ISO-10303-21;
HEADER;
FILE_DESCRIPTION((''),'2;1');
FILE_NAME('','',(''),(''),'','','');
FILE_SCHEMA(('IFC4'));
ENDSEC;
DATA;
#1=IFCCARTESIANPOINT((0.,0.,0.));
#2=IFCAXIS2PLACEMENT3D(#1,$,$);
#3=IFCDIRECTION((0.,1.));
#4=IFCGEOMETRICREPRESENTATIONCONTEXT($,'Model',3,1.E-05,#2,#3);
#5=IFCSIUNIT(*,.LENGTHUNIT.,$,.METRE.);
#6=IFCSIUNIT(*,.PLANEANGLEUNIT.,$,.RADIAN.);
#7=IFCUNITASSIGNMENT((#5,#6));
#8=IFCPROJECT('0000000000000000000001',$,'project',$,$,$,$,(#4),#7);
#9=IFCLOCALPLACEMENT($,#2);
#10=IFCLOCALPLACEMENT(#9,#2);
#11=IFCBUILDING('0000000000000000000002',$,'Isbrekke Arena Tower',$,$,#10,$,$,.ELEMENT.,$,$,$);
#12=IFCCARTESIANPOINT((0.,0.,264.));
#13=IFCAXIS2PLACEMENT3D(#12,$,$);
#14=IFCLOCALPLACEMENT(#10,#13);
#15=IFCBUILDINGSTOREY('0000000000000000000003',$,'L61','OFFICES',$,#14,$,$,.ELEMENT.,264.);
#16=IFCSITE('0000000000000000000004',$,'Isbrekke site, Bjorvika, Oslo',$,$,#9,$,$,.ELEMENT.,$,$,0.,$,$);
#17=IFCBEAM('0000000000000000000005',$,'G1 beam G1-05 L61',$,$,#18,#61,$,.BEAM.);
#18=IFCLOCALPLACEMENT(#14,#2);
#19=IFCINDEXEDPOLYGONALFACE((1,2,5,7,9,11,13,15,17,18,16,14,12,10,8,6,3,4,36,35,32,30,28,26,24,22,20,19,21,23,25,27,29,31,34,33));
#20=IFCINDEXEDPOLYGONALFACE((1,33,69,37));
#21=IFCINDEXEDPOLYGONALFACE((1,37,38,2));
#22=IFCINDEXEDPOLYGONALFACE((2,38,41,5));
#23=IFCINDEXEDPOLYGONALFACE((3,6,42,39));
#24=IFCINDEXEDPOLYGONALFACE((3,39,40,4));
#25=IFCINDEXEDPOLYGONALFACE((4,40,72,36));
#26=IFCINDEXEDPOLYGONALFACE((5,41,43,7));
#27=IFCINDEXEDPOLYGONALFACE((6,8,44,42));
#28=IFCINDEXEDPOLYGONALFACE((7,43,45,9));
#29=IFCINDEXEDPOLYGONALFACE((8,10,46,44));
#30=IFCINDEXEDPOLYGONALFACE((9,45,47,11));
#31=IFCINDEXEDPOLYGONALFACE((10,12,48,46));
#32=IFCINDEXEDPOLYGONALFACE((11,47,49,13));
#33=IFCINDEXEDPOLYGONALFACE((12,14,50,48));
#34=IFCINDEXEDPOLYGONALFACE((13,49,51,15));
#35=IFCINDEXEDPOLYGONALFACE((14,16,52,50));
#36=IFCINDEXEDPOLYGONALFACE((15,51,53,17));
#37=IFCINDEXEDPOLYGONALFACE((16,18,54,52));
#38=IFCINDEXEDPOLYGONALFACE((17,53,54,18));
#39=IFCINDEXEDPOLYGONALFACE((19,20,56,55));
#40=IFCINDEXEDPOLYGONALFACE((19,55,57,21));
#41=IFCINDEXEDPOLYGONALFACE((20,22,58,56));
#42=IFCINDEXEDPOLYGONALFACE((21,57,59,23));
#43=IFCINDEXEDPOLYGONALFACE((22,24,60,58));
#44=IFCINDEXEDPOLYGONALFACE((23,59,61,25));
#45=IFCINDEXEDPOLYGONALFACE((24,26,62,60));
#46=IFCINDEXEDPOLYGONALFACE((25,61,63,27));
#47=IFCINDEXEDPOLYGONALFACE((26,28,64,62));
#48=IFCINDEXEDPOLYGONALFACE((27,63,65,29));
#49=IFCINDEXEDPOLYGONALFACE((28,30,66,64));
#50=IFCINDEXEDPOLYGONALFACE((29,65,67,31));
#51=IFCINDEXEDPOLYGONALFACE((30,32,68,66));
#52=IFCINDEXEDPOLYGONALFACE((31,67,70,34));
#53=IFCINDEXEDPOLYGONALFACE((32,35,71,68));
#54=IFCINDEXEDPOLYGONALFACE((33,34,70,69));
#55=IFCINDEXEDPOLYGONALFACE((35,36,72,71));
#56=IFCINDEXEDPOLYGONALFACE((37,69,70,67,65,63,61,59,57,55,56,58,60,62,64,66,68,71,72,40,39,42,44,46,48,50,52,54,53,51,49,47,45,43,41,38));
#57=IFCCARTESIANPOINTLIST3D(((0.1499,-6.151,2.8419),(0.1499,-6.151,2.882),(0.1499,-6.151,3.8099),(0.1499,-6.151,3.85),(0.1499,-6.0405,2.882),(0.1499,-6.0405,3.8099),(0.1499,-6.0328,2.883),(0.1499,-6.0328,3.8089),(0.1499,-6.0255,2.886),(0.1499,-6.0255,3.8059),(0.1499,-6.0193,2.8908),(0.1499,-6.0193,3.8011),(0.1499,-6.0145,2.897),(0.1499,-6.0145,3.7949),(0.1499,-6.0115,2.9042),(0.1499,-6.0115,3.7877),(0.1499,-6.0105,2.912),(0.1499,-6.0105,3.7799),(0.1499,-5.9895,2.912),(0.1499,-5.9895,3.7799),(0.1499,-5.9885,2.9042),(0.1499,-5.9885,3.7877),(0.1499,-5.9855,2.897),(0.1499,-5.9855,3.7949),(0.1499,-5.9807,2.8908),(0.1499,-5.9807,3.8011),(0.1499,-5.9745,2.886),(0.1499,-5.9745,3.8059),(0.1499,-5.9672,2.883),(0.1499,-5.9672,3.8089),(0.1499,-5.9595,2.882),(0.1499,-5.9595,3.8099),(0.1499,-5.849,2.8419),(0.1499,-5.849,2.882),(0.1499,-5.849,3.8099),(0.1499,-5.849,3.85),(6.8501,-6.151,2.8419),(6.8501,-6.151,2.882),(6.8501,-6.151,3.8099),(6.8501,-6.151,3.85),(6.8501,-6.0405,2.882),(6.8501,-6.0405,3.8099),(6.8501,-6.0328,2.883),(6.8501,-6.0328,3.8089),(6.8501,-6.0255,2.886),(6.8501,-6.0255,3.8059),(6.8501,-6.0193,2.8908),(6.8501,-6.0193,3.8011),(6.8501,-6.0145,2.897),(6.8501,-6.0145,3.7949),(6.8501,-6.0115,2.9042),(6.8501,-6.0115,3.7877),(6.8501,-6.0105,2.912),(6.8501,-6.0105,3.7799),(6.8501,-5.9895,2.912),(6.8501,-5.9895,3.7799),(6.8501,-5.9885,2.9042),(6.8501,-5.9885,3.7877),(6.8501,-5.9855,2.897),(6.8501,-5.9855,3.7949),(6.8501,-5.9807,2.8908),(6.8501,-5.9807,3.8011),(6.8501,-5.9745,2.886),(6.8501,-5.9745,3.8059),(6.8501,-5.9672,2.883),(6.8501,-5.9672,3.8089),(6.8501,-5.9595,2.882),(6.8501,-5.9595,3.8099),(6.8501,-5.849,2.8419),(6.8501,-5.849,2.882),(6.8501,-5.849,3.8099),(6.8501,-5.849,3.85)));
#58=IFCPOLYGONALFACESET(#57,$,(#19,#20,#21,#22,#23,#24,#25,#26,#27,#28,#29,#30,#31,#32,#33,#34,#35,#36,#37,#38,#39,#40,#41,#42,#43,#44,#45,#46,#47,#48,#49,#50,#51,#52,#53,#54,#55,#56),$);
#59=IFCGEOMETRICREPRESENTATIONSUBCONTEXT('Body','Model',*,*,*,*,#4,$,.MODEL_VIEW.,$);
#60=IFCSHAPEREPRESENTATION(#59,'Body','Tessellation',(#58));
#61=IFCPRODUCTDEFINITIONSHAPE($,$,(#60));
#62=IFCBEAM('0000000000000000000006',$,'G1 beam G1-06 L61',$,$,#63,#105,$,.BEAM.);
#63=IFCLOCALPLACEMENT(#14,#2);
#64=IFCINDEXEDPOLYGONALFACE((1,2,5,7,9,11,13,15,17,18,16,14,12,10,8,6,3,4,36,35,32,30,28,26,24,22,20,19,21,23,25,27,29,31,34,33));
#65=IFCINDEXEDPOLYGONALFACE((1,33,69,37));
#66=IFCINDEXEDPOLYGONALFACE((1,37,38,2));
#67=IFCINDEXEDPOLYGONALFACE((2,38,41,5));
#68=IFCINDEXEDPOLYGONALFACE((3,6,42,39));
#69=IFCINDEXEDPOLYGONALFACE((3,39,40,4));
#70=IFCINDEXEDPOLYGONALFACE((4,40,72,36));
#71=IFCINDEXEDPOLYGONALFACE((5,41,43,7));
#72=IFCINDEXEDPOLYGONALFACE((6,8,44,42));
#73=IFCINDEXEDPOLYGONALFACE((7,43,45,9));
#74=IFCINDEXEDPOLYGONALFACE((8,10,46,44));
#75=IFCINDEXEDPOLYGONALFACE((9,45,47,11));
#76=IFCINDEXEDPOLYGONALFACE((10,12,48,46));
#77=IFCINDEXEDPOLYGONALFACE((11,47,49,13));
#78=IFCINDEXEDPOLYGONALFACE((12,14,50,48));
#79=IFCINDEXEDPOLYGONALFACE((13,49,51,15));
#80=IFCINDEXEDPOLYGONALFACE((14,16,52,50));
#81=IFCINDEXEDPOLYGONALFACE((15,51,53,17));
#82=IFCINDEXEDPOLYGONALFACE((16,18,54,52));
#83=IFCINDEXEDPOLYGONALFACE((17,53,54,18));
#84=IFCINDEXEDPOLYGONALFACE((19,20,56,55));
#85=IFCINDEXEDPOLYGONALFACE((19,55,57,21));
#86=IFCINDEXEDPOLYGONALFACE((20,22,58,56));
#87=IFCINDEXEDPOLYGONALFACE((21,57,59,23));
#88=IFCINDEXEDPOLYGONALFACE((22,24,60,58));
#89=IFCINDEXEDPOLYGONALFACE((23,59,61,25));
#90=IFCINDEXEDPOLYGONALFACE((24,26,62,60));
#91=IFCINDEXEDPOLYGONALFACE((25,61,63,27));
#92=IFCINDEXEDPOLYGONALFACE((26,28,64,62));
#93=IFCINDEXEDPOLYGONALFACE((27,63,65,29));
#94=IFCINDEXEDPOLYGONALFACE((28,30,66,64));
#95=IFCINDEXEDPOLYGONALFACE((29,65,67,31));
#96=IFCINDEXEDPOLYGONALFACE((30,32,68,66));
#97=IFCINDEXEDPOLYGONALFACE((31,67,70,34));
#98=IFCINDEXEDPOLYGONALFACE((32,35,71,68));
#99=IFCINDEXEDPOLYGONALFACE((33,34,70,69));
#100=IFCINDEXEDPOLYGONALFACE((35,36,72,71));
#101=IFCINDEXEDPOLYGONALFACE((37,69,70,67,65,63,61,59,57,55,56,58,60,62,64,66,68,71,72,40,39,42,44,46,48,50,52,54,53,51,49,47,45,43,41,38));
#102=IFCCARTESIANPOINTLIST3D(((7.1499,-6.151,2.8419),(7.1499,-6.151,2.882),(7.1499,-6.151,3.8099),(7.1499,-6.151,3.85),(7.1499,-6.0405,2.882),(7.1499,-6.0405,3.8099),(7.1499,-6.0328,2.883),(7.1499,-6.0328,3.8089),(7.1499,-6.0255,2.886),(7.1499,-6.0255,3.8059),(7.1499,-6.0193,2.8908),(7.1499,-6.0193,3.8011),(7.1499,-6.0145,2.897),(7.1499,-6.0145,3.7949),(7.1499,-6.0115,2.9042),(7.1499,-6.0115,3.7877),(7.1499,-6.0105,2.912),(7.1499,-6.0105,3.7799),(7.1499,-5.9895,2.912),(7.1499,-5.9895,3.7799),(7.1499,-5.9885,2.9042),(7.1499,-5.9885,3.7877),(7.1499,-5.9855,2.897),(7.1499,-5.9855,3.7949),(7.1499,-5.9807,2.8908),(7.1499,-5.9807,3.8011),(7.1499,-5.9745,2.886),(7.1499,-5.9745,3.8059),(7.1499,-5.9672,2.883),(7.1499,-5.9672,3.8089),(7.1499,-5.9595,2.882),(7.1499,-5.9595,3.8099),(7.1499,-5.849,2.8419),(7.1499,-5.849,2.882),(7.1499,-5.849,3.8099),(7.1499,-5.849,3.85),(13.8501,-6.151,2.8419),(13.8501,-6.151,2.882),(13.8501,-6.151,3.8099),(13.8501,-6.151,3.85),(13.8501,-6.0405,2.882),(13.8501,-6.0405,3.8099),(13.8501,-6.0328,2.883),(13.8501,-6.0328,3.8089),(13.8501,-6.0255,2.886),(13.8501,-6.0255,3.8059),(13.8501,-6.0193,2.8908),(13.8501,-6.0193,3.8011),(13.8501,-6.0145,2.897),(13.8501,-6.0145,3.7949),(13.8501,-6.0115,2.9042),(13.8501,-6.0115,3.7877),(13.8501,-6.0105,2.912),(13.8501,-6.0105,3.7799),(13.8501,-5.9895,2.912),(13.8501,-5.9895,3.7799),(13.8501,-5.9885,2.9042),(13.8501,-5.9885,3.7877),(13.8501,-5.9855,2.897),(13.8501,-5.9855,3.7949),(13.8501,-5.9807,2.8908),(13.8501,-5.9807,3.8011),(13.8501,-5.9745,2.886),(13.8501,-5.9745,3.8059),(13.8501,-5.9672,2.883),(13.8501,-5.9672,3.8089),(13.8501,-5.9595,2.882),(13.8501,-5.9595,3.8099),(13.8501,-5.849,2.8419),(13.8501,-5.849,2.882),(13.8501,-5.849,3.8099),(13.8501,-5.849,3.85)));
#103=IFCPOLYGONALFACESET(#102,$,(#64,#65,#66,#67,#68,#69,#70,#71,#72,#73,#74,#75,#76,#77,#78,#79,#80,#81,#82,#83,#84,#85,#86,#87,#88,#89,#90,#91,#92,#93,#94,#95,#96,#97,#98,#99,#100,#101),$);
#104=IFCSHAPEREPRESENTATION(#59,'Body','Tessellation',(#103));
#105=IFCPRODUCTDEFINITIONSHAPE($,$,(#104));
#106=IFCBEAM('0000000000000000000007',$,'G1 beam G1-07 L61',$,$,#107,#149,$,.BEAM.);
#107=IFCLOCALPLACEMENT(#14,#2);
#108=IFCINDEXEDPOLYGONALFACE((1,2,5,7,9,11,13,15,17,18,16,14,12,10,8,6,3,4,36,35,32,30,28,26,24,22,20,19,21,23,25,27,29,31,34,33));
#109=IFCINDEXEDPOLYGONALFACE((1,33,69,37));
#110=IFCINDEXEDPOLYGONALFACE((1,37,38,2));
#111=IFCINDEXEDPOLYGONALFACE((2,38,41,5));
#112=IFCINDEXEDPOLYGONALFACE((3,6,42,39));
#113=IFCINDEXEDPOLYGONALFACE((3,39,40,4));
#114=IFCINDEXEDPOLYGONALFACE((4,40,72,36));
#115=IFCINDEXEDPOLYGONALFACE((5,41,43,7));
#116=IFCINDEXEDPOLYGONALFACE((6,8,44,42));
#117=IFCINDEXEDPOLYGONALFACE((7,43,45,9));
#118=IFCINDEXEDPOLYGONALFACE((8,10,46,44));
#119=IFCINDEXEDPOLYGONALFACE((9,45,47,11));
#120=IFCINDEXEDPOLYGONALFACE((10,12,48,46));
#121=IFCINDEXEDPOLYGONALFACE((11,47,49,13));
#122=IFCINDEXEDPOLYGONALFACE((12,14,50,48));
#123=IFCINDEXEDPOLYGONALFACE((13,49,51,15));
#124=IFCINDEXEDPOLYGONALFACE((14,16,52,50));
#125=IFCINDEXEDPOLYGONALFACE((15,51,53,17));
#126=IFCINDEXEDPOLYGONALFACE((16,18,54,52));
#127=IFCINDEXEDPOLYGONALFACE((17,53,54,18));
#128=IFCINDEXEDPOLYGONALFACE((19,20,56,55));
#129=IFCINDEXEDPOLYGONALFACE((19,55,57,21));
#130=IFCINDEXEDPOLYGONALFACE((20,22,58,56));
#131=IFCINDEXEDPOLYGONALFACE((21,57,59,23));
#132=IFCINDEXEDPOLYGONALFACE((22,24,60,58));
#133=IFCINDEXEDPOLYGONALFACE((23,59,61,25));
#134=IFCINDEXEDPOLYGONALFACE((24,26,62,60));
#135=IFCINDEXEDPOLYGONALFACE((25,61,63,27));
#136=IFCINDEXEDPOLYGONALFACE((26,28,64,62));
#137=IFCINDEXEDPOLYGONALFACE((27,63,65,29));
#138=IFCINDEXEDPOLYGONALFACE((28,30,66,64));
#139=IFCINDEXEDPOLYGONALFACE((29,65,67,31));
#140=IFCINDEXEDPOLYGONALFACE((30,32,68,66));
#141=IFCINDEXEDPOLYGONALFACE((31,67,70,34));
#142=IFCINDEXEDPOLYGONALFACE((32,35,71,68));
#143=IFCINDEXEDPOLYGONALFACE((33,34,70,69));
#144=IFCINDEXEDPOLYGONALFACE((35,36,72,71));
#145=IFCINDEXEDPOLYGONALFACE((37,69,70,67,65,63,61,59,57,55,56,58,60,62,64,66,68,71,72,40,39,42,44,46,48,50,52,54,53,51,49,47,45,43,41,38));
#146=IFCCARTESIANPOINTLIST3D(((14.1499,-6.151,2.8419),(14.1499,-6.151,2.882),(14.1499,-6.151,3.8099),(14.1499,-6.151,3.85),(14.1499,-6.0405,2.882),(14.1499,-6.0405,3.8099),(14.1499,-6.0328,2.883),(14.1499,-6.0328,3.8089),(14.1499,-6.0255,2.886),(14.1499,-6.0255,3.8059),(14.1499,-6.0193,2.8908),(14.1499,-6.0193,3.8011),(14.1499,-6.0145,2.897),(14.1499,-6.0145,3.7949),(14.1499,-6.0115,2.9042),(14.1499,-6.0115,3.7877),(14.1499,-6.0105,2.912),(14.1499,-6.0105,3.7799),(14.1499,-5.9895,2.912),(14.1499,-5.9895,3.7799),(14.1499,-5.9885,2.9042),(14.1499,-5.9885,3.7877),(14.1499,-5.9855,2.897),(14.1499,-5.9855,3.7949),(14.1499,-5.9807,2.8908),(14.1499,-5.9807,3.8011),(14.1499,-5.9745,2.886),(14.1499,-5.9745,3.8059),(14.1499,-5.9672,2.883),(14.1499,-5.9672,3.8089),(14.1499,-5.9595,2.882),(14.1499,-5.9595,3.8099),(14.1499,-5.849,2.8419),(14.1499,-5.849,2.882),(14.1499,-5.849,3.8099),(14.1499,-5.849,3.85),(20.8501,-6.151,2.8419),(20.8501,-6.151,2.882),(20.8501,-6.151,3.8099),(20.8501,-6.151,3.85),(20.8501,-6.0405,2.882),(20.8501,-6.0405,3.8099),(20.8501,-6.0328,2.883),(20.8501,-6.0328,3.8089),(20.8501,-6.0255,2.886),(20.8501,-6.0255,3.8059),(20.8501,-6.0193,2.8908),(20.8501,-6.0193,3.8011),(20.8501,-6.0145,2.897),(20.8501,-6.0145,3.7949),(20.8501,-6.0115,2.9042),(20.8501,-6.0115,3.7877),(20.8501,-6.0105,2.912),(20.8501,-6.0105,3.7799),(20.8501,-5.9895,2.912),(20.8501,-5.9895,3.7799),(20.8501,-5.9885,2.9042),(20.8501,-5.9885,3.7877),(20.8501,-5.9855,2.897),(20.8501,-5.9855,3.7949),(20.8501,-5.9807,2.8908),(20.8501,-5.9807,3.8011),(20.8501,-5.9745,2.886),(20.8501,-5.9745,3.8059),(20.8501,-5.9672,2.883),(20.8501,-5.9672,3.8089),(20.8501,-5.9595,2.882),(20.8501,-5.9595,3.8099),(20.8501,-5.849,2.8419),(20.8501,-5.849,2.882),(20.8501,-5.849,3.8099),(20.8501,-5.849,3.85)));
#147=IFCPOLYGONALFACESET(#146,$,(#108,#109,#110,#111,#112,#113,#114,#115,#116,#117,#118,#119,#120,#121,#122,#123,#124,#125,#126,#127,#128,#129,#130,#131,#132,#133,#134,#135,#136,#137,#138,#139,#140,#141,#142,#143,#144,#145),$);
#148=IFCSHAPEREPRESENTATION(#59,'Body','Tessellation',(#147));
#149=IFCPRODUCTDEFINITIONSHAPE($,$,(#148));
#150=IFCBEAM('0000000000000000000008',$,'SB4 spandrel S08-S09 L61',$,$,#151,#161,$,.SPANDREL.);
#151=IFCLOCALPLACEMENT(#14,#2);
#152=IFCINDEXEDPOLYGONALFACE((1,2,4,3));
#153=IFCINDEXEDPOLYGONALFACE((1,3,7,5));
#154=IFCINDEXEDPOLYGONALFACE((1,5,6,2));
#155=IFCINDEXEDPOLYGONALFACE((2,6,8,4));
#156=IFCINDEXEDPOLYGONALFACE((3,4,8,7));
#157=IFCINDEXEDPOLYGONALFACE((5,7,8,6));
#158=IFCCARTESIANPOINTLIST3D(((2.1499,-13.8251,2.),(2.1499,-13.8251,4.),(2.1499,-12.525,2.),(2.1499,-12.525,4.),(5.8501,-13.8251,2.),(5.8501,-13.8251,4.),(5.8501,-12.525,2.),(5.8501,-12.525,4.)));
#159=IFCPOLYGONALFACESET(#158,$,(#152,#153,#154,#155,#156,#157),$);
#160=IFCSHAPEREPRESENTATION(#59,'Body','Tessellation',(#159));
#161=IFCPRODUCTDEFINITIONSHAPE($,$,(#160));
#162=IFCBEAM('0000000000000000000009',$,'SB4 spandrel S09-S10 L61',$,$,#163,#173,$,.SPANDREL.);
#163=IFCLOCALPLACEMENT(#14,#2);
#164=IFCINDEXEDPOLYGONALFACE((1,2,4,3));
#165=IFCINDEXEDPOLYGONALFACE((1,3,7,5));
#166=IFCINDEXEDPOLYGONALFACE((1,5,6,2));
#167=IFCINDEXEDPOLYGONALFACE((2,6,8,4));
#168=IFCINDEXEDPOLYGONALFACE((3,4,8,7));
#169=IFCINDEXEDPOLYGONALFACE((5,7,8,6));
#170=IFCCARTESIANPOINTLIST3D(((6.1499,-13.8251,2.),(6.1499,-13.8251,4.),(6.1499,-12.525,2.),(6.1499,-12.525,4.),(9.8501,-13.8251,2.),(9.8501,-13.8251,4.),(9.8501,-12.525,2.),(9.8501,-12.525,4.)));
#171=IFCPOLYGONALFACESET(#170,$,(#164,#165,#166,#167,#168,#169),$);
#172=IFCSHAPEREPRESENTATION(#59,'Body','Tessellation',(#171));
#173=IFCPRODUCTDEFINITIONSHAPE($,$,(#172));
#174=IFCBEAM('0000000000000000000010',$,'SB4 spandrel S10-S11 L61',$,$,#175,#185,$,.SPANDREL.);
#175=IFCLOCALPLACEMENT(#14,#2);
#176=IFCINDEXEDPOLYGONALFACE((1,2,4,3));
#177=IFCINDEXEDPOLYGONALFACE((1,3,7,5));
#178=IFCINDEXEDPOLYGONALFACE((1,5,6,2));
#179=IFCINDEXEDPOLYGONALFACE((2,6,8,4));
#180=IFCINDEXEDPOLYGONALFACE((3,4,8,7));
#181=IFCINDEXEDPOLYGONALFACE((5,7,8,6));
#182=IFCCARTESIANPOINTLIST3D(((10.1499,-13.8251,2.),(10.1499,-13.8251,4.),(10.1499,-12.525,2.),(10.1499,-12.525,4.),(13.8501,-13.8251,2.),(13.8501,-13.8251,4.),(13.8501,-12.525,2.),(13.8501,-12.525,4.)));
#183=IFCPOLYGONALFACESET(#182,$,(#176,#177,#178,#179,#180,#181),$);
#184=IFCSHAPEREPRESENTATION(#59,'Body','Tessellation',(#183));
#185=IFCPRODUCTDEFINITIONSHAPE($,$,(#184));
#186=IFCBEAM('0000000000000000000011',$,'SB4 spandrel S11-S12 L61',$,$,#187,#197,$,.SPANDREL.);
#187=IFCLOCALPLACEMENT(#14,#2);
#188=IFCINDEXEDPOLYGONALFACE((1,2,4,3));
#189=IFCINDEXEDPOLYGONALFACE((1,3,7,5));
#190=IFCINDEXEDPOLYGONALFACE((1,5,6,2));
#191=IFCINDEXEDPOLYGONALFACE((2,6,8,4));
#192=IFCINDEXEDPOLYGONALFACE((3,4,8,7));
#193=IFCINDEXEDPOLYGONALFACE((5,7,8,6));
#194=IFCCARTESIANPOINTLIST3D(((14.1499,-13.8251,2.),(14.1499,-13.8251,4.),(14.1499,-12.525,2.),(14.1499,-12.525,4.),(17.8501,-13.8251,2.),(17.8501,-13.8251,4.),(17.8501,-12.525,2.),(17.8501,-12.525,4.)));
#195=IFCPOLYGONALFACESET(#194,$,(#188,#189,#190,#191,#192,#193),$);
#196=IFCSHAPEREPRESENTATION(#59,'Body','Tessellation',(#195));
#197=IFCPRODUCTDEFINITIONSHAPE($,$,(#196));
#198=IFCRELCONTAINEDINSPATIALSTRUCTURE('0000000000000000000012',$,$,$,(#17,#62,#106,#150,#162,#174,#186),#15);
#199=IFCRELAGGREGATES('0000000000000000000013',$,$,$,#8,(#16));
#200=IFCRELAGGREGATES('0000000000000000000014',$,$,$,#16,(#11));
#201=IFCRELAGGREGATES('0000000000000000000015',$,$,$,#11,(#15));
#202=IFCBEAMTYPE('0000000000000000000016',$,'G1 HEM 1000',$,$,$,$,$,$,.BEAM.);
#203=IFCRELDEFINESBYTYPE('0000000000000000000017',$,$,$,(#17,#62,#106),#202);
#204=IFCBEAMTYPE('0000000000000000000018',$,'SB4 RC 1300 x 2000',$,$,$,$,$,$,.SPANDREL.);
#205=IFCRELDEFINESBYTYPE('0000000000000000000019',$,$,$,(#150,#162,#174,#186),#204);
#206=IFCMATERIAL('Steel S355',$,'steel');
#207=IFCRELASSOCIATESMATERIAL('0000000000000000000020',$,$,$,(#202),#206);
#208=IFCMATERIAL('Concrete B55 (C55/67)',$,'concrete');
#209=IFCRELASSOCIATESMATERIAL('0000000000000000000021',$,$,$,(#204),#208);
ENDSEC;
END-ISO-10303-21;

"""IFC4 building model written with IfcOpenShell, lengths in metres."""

from ifc_helpers import new_model, si_unit, direction, frame, origin, origin_2d, place, context, subcontext, project, spatial, rectangle, i_section, extrude, material, material_profile, profile_set, type_object, element, save


model = new_model("IFC4")

# Units and contexts
model_context = context("Model", 3, precision=1e-05, world=origin(), true_north=direction((0.0, 1.0)))
body_context = subcontext(model_context, "Body", "Model", "MODEL_VIEW")
ifc_project = project(units=[si_unit("LENGTHUNIT", "METRE"), si_unit("PLANEANGLEUNIT", "RADIAN")], contexts=[model_context])

# Site, building, storey
site_placement = place(None, origin())
site = spatial("IfcSite", under=ifc_project, at=site_placement, Name="Isbrekke site, Bjorvika, Oslo", CompositionType="ELEMENT", RefElevation=0.0)
building_placement = place(site_placement, origin())
building = spatial("IfcBuilding", under=site, at=building_placement, Name="Isbrekke Arena Tower", CompositionType="ELEMENT")
storey_placement = place(building_placement, frame((0.0, 0.0, 264.0)))
storey = spatial("IfcBuildingStorey", under=building, at=storey_placement, Name="L61", Description="OFFICES", CompositionType="ELEMENT", Elevation=264.0)

# Beams
ifc_material_1 = material(Name="Steel S355", Category="steel")
ifc_material_profile_1 = material_profile(ifc_material_1, i_section(OverallWidth=0.302, OverallDepth=1.0081, WebThickness=0.021, FlangeThickness=0.04, FilletRadius=0.03, at=origin_2d()), Name="HEM 1000")
ifc_profile_set_1 = profile_set([ifc_material_profile_1], Name="Steel S355")
beam_type_1 = type_object("IfcBeamType", Name="G1 HEM 1000", PredefinedType="BEAM", material=ifc_profile_set_1)
for number, where, z_axis, x_axis, name in (
    (1, (0.1499, -6.0, 3.3459), (1.0, 0.0, 0.0), (0.0, 1.0, 0.0), "G1 beam G1-05 L61"),
    (2, (7.1499, -6.0, 3.3459), (1.0, 0.0, 0.0), (0.0, 1.0, 0.0), "G1 beam G1-06 L61"),
    (3, (14.1499, -6.0, 3.3459), (1.0, 0.0, 0.0), (0.0, 1.0, 0.0), "G1 beam G1-07 L61"),
):
    element("IfcBeam", number, at=place(storey_placement, frame(where, z_axis=z_axis, x_axis=x_axis)), inside=storey, type_object=beam_type_1, Name=name, PredefinedType="BEAM", context=body_context, shape_type="SweptSolid", body=[
        extrude(i_section(OverallWidth=0.302, OverallDepth=1.0081, WebThickness=0.021, FlangeThickness=0.04, FilletRadius=0.03, at=origin_2d()), origin(), (0.0, 0.0, 1.0), 6.7002),
    ])
ifc_material_2 = material(Name="Concrete B55 (C55/67)", Category="concrete")
ifc_material_profile_2 = material_profile(ifc_material_2, rectangle(XDim=1.3, YDim=2.0, at=origin_2d()), Name="RC 1300x2000")
ifc_profile_set_2 = profile_set([ifc_material_profile_2], Name="Concrete B55 (C55/67)")
beam_type_2 = type_object("IfcBeamType", Name="SB4 RC 1300 x 2000", PredefinedType="SPANDREL", material=ifc_profile_set_2)
for number, where, z_axis, x_axis, name in (
    (4, (2.1499, -13.175, 3.0), (1.0, 0.0, 0.0), (0.0, 1.0, 0.0), "SB4 spandrel S08-S09 L61"),
    (5, (6.1499, -13.175, 3.0), (1.0, 0.0, 0.0), (0.0, 1.0, 0.0), "SB4 spandrel S09-S10 L61"),
    (6, (10.1499, -13.175, 3.0), (1.0, 0.0, 0.0), (0.0, 1.0, 0.0), "SB4 spandrel S10-S11 L61"),
    (7, (14.1499, -13.175, 3.0), (1.0, 0.0, 0.0), (0.0, 1.0, 0.0), "SB4 spandrel S11-S12 L61"),
):
    element("IfcBeam", number, at=place(storey_placement, frame(where, z_axis=z_axis, x_axis=x_axis)), inside=storey, type_object=beam_type_2, Name=name, PredefinedType="SPANDREL", context=body_context, shape_type="SweptSolid", body=[
        extrude(rectangle(XDim=1.3, YDim=2.0, at=origin_2d()), origin(), (0.0, 0.0, 1.0), 3.7002),
    ])

save(model, "model.ifc")
